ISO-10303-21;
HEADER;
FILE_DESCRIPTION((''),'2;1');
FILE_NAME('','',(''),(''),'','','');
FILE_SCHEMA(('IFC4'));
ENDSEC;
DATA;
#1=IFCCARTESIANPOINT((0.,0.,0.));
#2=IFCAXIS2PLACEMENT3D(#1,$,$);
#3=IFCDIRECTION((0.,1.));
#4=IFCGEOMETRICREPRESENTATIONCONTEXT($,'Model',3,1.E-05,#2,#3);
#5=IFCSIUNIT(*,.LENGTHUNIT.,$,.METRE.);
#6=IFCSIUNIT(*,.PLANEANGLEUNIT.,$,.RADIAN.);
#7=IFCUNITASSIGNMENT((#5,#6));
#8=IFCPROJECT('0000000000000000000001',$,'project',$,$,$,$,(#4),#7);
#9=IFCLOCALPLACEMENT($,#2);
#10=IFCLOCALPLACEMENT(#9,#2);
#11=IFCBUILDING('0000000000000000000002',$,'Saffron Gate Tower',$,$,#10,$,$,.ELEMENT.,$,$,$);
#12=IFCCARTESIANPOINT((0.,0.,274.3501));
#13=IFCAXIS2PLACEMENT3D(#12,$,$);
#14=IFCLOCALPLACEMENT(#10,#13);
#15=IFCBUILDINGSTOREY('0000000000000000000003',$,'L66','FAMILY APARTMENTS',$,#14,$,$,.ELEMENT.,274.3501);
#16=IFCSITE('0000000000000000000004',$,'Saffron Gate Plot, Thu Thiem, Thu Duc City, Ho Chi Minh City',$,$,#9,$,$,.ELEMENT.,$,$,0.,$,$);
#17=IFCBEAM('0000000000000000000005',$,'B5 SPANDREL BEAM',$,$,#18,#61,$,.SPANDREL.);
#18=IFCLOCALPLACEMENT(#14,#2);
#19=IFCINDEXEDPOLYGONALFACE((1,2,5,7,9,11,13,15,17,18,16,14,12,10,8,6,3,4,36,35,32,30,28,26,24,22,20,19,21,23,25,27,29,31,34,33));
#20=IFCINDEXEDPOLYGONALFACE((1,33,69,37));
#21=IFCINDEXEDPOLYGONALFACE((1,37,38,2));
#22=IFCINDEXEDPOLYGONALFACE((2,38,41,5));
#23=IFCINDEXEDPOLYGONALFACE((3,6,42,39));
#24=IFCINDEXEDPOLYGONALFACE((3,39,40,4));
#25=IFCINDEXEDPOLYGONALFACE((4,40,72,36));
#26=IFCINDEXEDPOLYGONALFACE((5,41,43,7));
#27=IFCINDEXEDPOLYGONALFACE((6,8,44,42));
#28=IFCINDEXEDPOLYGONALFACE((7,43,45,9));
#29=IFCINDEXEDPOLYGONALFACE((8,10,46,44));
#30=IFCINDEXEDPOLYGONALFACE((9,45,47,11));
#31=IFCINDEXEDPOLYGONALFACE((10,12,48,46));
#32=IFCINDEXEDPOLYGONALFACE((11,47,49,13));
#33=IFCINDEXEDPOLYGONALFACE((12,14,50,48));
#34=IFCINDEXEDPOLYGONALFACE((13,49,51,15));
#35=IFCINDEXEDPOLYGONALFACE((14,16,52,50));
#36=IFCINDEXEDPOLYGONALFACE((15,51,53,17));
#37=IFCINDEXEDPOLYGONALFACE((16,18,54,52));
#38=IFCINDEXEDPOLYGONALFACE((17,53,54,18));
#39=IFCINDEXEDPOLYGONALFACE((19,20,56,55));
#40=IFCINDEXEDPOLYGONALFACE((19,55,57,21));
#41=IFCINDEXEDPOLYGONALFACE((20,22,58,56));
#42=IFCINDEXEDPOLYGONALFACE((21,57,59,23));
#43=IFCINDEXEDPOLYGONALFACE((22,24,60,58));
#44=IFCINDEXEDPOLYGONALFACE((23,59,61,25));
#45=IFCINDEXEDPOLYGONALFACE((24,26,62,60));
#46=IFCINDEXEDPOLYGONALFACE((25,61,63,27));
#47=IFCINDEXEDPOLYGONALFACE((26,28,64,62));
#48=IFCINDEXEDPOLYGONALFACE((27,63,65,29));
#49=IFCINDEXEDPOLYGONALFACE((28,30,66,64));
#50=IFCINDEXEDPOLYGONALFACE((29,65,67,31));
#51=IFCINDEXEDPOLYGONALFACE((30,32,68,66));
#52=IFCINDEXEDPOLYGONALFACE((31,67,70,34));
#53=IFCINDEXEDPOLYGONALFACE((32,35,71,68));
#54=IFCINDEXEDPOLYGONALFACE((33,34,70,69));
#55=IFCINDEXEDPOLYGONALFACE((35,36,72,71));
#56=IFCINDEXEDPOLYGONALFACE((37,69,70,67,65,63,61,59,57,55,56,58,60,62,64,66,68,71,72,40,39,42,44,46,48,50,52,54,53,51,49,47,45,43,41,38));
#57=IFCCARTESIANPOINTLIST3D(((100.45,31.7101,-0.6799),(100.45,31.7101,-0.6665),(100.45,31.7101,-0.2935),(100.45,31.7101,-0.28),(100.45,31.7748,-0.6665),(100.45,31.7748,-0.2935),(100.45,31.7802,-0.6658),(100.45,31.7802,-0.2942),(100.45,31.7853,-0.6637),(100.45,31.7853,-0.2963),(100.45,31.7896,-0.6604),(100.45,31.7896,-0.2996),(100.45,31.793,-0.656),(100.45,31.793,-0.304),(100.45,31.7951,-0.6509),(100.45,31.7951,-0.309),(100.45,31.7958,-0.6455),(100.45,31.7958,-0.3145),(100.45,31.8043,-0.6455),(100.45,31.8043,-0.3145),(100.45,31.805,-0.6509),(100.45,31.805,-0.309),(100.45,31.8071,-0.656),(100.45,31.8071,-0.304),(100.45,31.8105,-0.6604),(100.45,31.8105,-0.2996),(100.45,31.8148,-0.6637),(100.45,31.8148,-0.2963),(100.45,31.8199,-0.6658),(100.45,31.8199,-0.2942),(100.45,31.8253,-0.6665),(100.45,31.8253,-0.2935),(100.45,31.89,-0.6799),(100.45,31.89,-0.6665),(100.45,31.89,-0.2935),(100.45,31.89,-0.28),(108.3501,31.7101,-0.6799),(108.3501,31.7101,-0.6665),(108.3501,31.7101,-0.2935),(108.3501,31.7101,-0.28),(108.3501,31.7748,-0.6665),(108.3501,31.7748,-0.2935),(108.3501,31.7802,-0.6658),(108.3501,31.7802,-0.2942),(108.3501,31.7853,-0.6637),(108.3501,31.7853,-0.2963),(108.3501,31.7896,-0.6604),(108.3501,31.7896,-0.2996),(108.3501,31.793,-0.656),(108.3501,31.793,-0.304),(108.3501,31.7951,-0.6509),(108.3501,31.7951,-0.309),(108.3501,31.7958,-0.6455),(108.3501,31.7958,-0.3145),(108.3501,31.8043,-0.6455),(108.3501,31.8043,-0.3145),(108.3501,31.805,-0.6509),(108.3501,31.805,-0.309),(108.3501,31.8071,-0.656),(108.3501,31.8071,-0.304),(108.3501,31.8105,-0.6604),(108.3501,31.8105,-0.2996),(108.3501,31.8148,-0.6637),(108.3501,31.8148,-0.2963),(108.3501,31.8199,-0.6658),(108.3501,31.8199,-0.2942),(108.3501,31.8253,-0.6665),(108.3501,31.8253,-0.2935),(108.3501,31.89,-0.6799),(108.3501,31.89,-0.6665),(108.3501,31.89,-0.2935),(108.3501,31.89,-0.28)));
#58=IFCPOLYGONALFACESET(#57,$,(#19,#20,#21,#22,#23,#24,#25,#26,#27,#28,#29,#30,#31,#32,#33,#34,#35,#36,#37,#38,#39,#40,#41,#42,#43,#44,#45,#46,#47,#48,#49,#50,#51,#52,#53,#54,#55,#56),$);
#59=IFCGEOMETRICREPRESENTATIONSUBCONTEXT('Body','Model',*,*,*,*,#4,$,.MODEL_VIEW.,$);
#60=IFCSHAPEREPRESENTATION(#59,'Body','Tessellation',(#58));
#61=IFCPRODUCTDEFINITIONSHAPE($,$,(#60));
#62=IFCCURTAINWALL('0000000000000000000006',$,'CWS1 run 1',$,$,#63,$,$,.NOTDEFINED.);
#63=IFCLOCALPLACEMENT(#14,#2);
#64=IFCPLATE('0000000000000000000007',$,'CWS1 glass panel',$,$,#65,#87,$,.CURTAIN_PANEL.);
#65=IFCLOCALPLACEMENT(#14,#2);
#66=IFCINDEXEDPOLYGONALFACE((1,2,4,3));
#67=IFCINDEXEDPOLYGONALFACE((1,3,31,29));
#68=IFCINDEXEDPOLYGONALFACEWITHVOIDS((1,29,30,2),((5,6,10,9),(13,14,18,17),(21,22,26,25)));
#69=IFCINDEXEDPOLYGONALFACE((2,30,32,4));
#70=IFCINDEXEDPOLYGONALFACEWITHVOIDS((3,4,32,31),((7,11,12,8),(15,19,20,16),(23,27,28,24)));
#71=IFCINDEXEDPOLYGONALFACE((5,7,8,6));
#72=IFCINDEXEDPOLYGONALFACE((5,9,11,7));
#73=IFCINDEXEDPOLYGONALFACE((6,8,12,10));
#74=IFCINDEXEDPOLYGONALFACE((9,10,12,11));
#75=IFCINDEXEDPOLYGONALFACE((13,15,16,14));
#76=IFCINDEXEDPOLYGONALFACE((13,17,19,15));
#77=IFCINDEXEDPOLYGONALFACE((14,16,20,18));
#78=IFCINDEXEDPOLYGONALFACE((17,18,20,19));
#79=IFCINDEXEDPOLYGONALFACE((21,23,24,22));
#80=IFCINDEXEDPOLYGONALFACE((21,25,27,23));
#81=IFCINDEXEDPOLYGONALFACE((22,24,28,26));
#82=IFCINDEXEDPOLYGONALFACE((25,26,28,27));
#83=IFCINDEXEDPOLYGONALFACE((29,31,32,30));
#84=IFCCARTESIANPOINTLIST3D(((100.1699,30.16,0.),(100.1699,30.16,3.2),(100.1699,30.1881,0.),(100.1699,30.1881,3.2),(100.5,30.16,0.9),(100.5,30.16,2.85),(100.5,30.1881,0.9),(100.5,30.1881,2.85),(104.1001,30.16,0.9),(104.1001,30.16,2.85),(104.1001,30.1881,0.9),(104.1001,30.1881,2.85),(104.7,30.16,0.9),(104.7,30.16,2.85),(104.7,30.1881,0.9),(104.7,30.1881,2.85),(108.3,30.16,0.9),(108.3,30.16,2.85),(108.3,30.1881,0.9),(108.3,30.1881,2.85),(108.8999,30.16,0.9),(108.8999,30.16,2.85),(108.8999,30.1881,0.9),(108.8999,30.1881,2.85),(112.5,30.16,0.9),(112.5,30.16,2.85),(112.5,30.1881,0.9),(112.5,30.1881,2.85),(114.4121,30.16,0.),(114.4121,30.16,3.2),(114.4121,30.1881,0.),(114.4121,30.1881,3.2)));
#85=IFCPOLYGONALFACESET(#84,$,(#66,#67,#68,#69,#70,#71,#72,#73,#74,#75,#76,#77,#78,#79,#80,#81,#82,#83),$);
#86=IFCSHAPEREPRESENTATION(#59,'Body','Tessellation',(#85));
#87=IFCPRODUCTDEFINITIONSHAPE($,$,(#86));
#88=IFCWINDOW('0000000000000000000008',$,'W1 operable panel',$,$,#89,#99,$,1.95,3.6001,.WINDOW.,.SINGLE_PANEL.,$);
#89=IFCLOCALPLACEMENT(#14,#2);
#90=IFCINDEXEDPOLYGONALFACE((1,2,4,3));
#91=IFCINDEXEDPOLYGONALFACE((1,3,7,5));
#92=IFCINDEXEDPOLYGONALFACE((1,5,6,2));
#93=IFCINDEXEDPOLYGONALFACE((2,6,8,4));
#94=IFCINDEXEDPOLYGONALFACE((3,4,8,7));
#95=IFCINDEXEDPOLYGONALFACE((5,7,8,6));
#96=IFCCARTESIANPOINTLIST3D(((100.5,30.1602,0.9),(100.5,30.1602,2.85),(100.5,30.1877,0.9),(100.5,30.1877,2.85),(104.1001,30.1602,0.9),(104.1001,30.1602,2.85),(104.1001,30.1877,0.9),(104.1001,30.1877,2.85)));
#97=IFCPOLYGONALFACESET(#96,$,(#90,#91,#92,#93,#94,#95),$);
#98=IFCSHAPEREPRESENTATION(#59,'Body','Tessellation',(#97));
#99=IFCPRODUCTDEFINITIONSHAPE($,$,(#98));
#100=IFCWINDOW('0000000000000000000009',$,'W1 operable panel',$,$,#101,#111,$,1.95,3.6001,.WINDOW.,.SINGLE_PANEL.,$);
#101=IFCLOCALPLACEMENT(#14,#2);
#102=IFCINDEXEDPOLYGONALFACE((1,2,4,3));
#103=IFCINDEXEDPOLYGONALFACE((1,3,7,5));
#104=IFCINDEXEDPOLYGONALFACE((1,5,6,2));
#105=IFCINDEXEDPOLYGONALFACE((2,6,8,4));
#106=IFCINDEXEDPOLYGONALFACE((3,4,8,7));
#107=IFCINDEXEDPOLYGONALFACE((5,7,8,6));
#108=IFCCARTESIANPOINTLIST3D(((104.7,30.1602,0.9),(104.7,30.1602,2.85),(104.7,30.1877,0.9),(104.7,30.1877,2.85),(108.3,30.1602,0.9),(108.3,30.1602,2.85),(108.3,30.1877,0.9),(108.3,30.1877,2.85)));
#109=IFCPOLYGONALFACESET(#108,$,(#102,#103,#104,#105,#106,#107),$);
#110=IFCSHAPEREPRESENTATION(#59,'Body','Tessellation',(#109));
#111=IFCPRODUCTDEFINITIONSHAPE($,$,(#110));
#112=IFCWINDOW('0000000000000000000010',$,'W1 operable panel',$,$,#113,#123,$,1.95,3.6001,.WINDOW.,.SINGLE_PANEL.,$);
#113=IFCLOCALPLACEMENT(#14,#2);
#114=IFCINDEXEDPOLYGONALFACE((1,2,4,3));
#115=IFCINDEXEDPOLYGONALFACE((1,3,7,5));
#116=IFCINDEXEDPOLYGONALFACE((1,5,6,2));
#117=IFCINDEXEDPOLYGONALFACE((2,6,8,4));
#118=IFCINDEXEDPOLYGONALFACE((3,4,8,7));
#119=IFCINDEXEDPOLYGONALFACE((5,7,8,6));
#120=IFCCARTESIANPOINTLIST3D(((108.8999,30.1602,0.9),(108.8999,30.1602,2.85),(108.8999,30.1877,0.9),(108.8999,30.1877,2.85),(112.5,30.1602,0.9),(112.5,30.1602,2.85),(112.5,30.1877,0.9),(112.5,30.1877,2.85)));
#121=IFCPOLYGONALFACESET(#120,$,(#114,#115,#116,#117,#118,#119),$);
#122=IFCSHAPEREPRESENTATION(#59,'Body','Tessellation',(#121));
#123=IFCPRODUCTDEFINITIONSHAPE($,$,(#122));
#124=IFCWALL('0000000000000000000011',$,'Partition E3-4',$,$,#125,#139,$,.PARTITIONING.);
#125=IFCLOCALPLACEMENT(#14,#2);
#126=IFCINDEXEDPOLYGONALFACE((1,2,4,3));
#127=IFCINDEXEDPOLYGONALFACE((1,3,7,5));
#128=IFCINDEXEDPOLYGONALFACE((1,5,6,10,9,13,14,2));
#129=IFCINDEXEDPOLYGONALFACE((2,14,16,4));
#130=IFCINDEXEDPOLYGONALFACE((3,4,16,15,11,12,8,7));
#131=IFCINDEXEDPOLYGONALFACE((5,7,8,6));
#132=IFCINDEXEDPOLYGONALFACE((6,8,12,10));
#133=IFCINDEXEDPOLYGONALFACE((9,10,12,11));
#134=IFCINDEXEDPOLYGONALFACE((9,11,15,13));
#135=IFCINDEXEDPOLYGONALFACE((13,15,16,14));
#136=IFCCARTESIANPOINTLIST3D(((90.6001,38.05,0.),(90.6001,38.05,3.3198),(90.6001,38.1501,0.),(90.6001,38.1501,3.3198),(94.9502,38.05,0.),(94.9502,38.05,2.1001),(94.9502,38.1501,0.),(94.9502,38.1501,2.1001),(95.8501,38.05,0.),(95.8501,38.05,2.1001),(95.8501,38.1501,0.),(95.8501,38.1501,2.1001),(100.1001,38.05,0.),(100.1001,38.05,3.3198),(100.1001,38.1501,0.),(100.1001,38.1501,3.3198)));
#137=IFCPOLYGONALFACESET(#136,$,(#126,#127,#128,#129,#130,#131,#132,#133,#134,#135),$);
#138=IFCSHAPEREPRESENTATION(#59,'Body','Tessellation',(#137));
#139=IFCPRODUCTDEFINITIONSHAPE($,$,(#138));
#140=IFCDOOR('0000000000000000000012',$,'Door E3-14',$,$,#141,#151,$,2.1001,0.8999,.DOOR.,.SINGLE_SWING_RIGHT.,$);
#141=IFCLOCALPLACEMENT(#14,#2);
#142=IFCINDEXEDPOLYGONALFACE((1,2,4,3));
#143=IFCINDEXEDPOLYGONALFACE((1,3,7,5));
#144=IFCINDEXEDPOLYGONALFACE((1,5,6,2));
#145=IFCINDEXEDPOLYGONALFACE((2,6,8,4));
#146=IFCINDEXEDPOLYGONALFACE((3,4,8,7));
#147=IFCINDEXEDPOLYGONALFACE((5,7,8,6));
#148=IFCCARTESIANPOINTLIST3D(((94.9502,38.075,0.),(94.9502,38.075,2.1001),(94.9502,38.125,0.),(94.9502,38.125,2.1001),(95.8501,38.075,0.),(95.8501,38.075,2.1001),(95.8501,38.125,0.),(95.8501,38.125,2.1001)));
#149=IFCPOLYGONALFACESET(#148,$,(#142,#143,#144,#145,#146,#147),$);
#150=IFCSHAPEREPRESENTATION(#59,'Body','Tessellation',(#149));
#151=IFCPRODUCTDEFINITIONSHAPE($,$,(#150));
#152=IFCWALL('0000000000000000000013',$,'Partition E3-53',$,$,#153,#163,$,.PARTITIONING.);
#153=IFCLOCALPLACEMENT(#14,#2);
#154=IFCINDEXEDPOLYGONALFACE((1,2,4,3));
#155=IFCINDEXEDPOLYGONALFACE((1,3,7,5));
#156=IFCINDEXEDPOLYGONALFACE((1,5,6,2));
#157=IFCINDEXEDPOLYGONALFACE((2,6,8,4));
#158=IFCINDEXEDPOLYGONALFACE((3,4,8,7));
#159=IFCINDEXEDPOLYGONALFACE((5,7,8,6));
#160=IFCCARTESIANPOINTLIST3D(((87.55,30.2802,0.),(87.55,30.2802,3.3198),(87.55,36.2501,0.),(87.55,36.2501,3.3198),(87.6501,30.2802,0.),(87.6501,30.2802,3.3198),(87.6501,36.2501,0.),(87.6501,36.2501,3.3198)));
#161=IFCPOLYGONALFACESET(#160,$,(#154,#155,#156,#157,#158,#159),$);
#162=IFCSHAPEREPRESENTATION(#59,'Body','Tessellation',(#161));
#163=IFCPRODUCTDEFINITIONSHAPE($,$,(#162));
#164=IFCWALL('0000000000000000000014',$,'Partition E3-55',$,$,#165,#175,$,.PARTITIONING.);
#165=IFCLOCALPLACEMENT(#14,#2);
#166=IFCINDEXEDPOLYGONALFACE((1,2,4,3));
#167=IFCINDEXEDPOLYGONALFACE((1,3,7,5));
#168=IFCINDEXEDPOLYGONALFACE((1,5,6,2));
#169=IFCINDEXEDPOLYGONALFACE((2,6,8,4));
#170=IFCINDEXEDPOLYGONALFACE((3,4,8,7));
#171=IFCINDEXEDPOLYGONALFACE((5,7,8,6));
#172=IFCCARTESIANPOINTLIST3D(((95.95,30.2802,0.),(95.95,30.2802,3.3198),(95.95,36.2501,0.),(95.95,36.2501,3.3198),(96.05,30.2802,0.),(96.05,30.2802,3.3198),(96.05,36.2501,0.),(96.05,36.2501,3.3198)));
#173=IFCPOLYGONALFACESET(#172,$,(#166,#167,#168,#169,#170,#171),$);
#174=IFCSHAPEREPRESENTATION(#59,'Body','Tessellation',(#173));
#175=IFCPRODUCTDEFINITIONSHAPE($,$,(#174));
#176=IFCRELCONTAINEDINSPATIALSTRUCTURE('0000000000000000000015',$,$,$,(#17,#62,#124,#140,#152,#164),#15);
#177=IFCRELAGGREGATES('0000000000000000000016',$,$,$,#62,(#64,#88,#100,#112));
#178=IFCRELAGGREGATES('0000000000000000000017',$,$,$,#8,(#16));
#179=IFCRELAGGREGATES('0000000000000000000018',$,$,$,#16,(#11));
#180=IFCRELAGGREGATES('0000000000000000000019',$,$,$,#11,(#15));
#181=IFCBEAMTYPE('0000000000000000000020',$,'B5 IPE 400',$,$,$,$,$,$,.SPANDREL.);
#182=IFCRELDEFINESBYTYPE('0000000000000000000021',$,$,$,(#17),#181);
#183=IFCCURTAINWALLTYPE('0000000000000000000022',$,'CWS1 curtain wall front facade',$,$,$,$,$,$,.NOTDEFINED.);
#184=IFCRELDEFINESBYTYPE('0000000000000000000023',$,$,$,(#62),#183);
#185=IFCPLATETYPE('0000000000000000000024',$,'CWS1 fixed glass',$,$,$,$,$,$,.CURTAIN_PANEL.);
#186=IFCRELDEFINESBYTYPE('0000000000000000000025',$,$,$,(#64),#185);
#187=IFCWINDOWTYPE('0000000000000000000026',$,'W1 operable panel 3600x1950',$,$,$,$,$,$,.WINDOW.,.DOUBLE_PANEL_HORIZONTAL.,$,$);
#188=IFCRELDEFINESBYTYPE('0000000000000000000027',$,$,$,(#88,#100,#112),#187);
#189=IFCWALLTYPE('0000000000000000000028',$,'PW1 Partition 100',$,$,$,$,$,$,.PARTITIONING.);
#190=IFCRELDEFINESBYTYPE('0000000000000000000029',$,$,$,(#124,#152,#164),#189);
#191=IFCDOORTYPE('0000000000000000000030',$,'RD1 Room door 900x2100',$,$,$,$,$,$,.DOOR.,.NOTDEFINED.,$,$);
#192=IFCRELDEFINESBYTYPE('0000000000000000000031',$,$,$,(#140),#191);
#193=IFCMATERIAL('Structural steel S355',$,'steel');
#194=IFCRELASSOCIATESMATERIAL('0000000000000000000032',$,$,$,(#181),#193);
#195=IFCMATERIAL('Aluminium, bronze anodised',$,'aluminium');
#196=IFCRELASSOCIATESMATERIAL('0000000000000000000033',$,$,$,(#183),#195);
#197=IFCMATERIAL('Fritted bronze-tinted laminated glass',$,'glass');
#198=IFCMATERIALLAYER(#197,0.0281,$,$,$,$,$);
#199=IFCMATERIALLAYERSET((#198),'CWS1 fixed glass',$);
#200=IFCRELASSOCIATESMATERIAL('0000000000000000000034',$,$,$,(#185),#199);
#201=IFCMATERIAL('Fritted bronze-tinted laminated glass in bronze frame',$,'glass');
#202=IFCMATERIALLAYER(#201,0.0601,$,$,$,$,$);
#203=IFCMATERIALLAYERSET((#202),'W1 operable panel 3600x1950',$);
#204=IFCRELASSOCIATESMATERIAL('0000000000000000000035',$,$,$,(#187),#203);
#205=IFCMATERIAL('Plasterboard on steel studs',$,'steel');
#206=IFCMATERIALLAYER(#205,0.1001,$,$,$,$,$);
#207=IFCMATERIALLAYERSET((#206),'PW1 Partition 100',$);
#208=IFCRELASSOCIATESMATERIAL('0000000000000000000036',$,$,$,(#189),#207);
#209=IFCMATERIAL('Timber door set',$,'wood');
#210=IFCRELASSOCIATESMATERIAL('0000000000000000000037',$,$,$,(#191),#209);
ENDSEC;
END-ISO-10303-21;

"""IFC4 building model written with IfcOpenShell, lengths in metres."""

from ifc_helpers import new_model, si_unit, direction, frame, frame_2d, origin, origin_2d, place, context, subcontext, project, spatial, rectangle, i_section, extrude, material, layer, layer_set, material_profile, profile_set, type_object, element, fill, aggregate, save


model = new_model("IFC4")

# Units and contexts
model_context = context("Model", 3, precision=1e-05, world=origin(), true_north=direction((0.0, 1.0)))
body_context = subcontext(model_context, "Body", "Model", "MODEL_VIEW")
ifc_project = project(units=[si_unit("LENGTHUNIT", "METRE"), si_unit("PLANEANGLEUNIT", "RADIAN")], contexts=[model_context])

# Site, building, storey
site_placement = place(None, origin())
site = spatial("IfcSite", under=ifc_project, at=site_placement, Name="Saffron Gate Plot, Thu Thiem, Thu Duc City, Ho Chi Minh City", CompositionType="ELEMENT", RefElevation=0.0)
building_placement = place(site_placement, origin())
building = spatial("IfcBuilding", under=site, at=building_placement, Name="Saffron Gate Tower", CompositionType="ELEMENT")
storey_placement = place(building_placement, frame((0.0, 0.0, 274.3501)))
storey = spatial("IfcBuildingStorey", under=building, at=storey_placement, Name="L66", Description="FAMILY APARTMENTS", CompositionType="ELEMENT", Elevation=274.3501)

# Beam
ifc_material_1 = material(Name="Structural steel S355", Category="steel")
ifc_material_profile_1 = material_profile(ifc_material_1, i_section(OverallWidth=0.1799, OverallDepth=0.3999, WebThickness=0.0085, FlangeThickness=0.0134, FilletRadius=0.021, at=origin_2d()))
ifc_profile_set_1 = profile_set([ifc_material_profile_1], Name="Structural steel S355")
beam_type_1 = type_object("IfcBeamType", Name="B5 IPE 400", PredefinedType="SPANDREL", material=ifc_profile_set_1)
beam_1_placement = place(storey_placement, frame((100.45, 31.8, -0.48), z_axis=(1.0, 0.0, 0.0), x_axis=(0.0, 1.0, 0.0)))
element("IfcBeam", 1, at=beam_1_placement, inside=storey, type_object=beam_type_1, Name="B5 SPANDREL BEAM", PredefinedType="SPANDREL", context=body_context, shape_type="SweptSolid", body=[
    extrude(i_section(OverallWidth=0.1799, OverallDepth=0.3999, WebThickness=0.0085, FlangeThickness=0.0134, FilletRadius=0.021, at=origin_2d()), origin(), (0.0, 0.0, 1.0), 7.9001),
])

# Curtain wall, plate, openings, windows
ifc_material_2 = material(Name="Aluminium, bronze anodised", Category="aluminium")
curtain_wall_type = type_object("IfcCurtainWallType", Name="CWS1 curtain wall front facade", PredefinedType="NOTDEFINED", material=ifc_material_2)
curtain_wall_placement = place(storey_placement, origin())
curtain_wall = element("IfcCurtainWall", 2, at=curtain_wall_placement, inside=storey, type_object=curtain_wall_type, Name="CWS1 run 1", PredefinedType="NOTDEFINED")
ifc_material_3 = material(Name="Fritted bronze-tinted laminated glass", Category="glass")
ifc_layer_1 = layer(ifc_material_3, 0.0281)
ifc_layer_set_1 = layer_set([ifc_layer_1], Name="CWS1 fixed glass")
plate_type = type_object("IfcPlateType", Name="CWS1 fixed glass", PredefinedType="CURTAIN_PANEL", material=ifc_layer_set_1)
plate_placement = place(storey_placement, frame((100.1699, 30.1741, 0.0), z_axis=(0.0, 0.0, 1.0), x_axis=(1.0, 0.0, 0.0)))
plate = element("IfcPlate", 3, at=plate_placement, type_object=plate_type, Name="CWS1 glass panel", PredefinedType="CURTAIN_PANEL", context=body_context, shape_type="SweptSolid", body=[
    extrude(rectangle(XDim=14.2422, YDim=0.0281, at=frame_2d((7.1211, 0.0))), origin(), (0.0, 0.0, 1.0), 3.2),
])
opening_1_placement = place(plate_placement, frame((0.3301, 0.0, 0.8999)))
opening_1 = element("IfcOpeningElement", 4, at=opening_1_placement, cuts=plate, PredefinedType="OPENING", context=body_context, shape_type="SweptSolid", body=[
    extrude(rectangle(XDim=3.6001, YDim=1.95, at=frame_2d((1.8, 0.9751))), frame((0.0, 0.0239, 0.0), z_axis=(0.0, -1.0, 0.0), x_axis=(1.0, 0.0, 0.0)), (0.0, 0.0, 1.0), 0.0481),
])
opening_2_placement = place(plate_placement, frame((4.53, 0.0, 0.8999)))
opening_2 = element("IfcOpeningElement", 5, at=opening_2_placement, cuts=plate, PredefinedType="OPENING", context=body_context, shape_type="SweptSolid", body=[
    extrude(rectangle(XDim=3.6001, YDim=1.95, at=frame_2d((1.8, 0.9751))), frame((0.0, 0.0239, 0.0), z_axis=(0.0, -1.0, 0.0), x_axis=(1.0, 0.0, 0.0)), (0.0, 0.0, 1.0), 0.0481),
])
opening_3_placement = place(plate_placement, frame((8.73, 0.0, 0.8999)))
opening_3 = element("IfcOpeningElement", 6, at=opening_3_placement, cuts=plate, PredefinedType="OPENING", context=body_context, shape_type="SweptSolid", body=[
    extrude(rectangle(XDim=3.6001, YDim=1.95, at=frame_2d((1.8, 0.9751))), frame((0.0, 0.0239, 0.0), z_axis=(0.0, -1.0, 0.0), x_axis=(1.0, 0.0, 0.0)), (0.0, 0.0, 1.0), 0.0481),
])
ifc_material_4 = material(Name="Fritted bronze-tinted laminated glass in bronze frame", Category="glass")
ifc_layer_2 = layer(ifc_material_4, 0.0601)
ifc_layer_set_2 = layer_set([ifc_layer_2], Name="W1 operable panel 3600x1950")
window_type = type_object("IfcWindowType", Name="W1 operable panel 3600x1950", PartitioningType="DOUBLE_PANEL_HORIZONTAL", PredefinedType="WINDOW", material=ifc_layer_set_2)
window_1_placement = place(opening_1_placement, origin())
window_1 = element("IfcWindow", 7, at=window_1_placement, type_object=window_type, Name="W1 operable panel", OverallHeight=1.95, OverallWidth=3.6001, PartitioningType="SINGLE_PANEL", PredefinedType="WINDOW", context=body_context, shape_type="SweptSolid", body=[
    extrude(rectangle(XDim=3.6001, YDim=1.95, at=frame_2d((1.8, 0.9751))), frame((0.0, 0.0137, 0.0), z_axis=(0.0, -1.0, 0.0), x_axis=(1.0, 0.0, 0.0)), (0.0, 0.0, 1.0), 0.0276),
])
fill(opening_1, window_1)
window_2_placement = place(opening_2_placement, origin())
window_2 = element("IfcWindow", 8, at=window_2_placement, type_object=window_type, Name="W1 operable panel", OverallHeight=1.95, OverallWidth=3.6001, PartitioningType="SINGLE_PANEL", PredefinedType="WINDOW", context=body_context, shape_type="SweptSolid", body=[
    extrude(rectangle(XDim=3.6001, YDim=1.95, at=frame_2d((1.8, 0.9751))), frame((0.0, 0.0137, 0.0), z_axis=(0.0, -1.0, 0.0), x_axis=(1.0, 0.0, 0.0)), (0.0, 0.0, 1.0), 0.0276),
])
fill(opening_2, window_2)
window_3_placement = place(opening_3_placement, origin())
window_3 = element("IfcWindow", 9, at=window_3_placement, type_object=window_type, Name="W1 operable panel", OverallHeight=1.95, OverallWidth=3.6001, PartitioningType="SINGLE_PANEL", PredefinedType="WINDOW", context=body_context, shape_type="SweptSolid", body=[
    extrude(rectangle(XDim=3.6001, YDim=1.95, at=frame_2d((1.8, 0.9751))), frame((0.0, 0.0137, 0.0), z_axis=(0.0, -1.0, 0.0), x_axis=(1.0, 0.0, 0.0)), (0.0, 0.0, 1.0), 0.0276),
])
fill(opening_3, window_3)
aggregate(curtain_wall, [plate, window_1, window_2, window_3])

# Wall, opening, door
ifc_material_5 = material(Name="Plasterboard on steel studs", Category="steel")
ifc_layer_3 = layer(ifc_material_5, 0.1001)
ifc_layer_set_3 = layer_set([ifc_layer_3], Name="PW1 Partition 100")
wall_type_1 = type_object("IfcWallType", Name="PW1 Partition 100", PredefinedType="PARTITIONING", material=ifc_layer_set_3)
wall_1_placement = place(storey_placement, frame((90.6001, 38.1001, 0.0), z_axis=(0.0, 0.0, 1.0), x_axis=(1.0, 0.0, 0.0)))
wall_1 = element("IfcWall", 10, at=wall_1_placement, inside=storey, type_object=wall_type_1, Name="Partition E3-4", PredefinedType="PARTITIONING", context=body_context, shape_type="SweptSolid", body=[
    extrude(rectangle(XDim=9.5, YDim=0.1001, at=frame_2d((4.75, 0.0))), origin(), (0.0, 0.0, 1.0), 3.3198),
])
opening_4_placement = place(wall_1_placement, frame((4.3501, 0.0, 0.0)))
opening_4 = element("IfcOpeningElement", 11, at=opening_4_placement, cuts=wall_1, PredefinedType="OPENING", context=body_context, shape_type="SweptSolid", body=[
    extrude(rectangle(XDim=0.8999, YDim=2.1001, at=frame_2d((0.45, 1.05))), frame((0.0, 0.0601, 0.0), z_axis=(0.0, -1.0, 0.0), x_axis=(1.0, 0.0, 0.0)), (0.0, 0.0, 1.0), 0.1201),
])
ifc_material_6 = material(Name="Timber door set", Category="wood")
door_type = type_object("IfcDoorType", Name="RD1 Room door 900x2100", OperationType="NOTDEFINED", PredefinedType="DOOR", material=ifc_material_6)
door_1_placement = place(opening_4_placement, origin())
door_1 = element("IfcDoor", 12, at=door_1_placement, inside=storey, type_object=door_type, Name="Door E3-14", OperationType="SINGLE_SWING_RIGHT", OverallHeight=2.1001, OverallWidth=0.8999, PredefinedType="DOOR", context=body_context, shape_type="SweptSolid", body=[
    extrude(rectangle(XDim=0.8999, YDim=2.1001, at=frame_2d((0.45, 1.05))), frame((0.0, 0.0249, 0.0), z_axis=(0.0, -1.0, 0.0), x_axis=(1.0, 0.0, 0.0)), (0.0, 0.0, 1.0), 0.05),
])
fill(opening_4, door_1)

# Walls
for number, where, z_axis, x_axis, name in (
    (13, (87.6001, 36.25, 0.0), (0.0, 0.0, 1.0), (0.0, -1.0, 0.0), "Partition E3-53"),
    (14, (96.0, 36.25, 0.0), (0.0, 0.0, 1.0), (0.0, -1.0, 0.0), "Partition E3-55"),
):
    element("IfcWall", number, at=place(storey_placement, frame(where, z_axis=z_axis, x_axis=x_axis)), inside=storey, type_object=wall_type_1, Name=name, PredefinedType="PARTITIONING", context=body_context, shape_type="SweptSolid", body=[
        extrude(rectangle(XDim=5.97, YDim=0.1001, at=frame_2d((2.9849, 0.0))), origin(), (0.0, 0.0, 1.0), 3.3198),
    ])

save(model, "model.ifc")
